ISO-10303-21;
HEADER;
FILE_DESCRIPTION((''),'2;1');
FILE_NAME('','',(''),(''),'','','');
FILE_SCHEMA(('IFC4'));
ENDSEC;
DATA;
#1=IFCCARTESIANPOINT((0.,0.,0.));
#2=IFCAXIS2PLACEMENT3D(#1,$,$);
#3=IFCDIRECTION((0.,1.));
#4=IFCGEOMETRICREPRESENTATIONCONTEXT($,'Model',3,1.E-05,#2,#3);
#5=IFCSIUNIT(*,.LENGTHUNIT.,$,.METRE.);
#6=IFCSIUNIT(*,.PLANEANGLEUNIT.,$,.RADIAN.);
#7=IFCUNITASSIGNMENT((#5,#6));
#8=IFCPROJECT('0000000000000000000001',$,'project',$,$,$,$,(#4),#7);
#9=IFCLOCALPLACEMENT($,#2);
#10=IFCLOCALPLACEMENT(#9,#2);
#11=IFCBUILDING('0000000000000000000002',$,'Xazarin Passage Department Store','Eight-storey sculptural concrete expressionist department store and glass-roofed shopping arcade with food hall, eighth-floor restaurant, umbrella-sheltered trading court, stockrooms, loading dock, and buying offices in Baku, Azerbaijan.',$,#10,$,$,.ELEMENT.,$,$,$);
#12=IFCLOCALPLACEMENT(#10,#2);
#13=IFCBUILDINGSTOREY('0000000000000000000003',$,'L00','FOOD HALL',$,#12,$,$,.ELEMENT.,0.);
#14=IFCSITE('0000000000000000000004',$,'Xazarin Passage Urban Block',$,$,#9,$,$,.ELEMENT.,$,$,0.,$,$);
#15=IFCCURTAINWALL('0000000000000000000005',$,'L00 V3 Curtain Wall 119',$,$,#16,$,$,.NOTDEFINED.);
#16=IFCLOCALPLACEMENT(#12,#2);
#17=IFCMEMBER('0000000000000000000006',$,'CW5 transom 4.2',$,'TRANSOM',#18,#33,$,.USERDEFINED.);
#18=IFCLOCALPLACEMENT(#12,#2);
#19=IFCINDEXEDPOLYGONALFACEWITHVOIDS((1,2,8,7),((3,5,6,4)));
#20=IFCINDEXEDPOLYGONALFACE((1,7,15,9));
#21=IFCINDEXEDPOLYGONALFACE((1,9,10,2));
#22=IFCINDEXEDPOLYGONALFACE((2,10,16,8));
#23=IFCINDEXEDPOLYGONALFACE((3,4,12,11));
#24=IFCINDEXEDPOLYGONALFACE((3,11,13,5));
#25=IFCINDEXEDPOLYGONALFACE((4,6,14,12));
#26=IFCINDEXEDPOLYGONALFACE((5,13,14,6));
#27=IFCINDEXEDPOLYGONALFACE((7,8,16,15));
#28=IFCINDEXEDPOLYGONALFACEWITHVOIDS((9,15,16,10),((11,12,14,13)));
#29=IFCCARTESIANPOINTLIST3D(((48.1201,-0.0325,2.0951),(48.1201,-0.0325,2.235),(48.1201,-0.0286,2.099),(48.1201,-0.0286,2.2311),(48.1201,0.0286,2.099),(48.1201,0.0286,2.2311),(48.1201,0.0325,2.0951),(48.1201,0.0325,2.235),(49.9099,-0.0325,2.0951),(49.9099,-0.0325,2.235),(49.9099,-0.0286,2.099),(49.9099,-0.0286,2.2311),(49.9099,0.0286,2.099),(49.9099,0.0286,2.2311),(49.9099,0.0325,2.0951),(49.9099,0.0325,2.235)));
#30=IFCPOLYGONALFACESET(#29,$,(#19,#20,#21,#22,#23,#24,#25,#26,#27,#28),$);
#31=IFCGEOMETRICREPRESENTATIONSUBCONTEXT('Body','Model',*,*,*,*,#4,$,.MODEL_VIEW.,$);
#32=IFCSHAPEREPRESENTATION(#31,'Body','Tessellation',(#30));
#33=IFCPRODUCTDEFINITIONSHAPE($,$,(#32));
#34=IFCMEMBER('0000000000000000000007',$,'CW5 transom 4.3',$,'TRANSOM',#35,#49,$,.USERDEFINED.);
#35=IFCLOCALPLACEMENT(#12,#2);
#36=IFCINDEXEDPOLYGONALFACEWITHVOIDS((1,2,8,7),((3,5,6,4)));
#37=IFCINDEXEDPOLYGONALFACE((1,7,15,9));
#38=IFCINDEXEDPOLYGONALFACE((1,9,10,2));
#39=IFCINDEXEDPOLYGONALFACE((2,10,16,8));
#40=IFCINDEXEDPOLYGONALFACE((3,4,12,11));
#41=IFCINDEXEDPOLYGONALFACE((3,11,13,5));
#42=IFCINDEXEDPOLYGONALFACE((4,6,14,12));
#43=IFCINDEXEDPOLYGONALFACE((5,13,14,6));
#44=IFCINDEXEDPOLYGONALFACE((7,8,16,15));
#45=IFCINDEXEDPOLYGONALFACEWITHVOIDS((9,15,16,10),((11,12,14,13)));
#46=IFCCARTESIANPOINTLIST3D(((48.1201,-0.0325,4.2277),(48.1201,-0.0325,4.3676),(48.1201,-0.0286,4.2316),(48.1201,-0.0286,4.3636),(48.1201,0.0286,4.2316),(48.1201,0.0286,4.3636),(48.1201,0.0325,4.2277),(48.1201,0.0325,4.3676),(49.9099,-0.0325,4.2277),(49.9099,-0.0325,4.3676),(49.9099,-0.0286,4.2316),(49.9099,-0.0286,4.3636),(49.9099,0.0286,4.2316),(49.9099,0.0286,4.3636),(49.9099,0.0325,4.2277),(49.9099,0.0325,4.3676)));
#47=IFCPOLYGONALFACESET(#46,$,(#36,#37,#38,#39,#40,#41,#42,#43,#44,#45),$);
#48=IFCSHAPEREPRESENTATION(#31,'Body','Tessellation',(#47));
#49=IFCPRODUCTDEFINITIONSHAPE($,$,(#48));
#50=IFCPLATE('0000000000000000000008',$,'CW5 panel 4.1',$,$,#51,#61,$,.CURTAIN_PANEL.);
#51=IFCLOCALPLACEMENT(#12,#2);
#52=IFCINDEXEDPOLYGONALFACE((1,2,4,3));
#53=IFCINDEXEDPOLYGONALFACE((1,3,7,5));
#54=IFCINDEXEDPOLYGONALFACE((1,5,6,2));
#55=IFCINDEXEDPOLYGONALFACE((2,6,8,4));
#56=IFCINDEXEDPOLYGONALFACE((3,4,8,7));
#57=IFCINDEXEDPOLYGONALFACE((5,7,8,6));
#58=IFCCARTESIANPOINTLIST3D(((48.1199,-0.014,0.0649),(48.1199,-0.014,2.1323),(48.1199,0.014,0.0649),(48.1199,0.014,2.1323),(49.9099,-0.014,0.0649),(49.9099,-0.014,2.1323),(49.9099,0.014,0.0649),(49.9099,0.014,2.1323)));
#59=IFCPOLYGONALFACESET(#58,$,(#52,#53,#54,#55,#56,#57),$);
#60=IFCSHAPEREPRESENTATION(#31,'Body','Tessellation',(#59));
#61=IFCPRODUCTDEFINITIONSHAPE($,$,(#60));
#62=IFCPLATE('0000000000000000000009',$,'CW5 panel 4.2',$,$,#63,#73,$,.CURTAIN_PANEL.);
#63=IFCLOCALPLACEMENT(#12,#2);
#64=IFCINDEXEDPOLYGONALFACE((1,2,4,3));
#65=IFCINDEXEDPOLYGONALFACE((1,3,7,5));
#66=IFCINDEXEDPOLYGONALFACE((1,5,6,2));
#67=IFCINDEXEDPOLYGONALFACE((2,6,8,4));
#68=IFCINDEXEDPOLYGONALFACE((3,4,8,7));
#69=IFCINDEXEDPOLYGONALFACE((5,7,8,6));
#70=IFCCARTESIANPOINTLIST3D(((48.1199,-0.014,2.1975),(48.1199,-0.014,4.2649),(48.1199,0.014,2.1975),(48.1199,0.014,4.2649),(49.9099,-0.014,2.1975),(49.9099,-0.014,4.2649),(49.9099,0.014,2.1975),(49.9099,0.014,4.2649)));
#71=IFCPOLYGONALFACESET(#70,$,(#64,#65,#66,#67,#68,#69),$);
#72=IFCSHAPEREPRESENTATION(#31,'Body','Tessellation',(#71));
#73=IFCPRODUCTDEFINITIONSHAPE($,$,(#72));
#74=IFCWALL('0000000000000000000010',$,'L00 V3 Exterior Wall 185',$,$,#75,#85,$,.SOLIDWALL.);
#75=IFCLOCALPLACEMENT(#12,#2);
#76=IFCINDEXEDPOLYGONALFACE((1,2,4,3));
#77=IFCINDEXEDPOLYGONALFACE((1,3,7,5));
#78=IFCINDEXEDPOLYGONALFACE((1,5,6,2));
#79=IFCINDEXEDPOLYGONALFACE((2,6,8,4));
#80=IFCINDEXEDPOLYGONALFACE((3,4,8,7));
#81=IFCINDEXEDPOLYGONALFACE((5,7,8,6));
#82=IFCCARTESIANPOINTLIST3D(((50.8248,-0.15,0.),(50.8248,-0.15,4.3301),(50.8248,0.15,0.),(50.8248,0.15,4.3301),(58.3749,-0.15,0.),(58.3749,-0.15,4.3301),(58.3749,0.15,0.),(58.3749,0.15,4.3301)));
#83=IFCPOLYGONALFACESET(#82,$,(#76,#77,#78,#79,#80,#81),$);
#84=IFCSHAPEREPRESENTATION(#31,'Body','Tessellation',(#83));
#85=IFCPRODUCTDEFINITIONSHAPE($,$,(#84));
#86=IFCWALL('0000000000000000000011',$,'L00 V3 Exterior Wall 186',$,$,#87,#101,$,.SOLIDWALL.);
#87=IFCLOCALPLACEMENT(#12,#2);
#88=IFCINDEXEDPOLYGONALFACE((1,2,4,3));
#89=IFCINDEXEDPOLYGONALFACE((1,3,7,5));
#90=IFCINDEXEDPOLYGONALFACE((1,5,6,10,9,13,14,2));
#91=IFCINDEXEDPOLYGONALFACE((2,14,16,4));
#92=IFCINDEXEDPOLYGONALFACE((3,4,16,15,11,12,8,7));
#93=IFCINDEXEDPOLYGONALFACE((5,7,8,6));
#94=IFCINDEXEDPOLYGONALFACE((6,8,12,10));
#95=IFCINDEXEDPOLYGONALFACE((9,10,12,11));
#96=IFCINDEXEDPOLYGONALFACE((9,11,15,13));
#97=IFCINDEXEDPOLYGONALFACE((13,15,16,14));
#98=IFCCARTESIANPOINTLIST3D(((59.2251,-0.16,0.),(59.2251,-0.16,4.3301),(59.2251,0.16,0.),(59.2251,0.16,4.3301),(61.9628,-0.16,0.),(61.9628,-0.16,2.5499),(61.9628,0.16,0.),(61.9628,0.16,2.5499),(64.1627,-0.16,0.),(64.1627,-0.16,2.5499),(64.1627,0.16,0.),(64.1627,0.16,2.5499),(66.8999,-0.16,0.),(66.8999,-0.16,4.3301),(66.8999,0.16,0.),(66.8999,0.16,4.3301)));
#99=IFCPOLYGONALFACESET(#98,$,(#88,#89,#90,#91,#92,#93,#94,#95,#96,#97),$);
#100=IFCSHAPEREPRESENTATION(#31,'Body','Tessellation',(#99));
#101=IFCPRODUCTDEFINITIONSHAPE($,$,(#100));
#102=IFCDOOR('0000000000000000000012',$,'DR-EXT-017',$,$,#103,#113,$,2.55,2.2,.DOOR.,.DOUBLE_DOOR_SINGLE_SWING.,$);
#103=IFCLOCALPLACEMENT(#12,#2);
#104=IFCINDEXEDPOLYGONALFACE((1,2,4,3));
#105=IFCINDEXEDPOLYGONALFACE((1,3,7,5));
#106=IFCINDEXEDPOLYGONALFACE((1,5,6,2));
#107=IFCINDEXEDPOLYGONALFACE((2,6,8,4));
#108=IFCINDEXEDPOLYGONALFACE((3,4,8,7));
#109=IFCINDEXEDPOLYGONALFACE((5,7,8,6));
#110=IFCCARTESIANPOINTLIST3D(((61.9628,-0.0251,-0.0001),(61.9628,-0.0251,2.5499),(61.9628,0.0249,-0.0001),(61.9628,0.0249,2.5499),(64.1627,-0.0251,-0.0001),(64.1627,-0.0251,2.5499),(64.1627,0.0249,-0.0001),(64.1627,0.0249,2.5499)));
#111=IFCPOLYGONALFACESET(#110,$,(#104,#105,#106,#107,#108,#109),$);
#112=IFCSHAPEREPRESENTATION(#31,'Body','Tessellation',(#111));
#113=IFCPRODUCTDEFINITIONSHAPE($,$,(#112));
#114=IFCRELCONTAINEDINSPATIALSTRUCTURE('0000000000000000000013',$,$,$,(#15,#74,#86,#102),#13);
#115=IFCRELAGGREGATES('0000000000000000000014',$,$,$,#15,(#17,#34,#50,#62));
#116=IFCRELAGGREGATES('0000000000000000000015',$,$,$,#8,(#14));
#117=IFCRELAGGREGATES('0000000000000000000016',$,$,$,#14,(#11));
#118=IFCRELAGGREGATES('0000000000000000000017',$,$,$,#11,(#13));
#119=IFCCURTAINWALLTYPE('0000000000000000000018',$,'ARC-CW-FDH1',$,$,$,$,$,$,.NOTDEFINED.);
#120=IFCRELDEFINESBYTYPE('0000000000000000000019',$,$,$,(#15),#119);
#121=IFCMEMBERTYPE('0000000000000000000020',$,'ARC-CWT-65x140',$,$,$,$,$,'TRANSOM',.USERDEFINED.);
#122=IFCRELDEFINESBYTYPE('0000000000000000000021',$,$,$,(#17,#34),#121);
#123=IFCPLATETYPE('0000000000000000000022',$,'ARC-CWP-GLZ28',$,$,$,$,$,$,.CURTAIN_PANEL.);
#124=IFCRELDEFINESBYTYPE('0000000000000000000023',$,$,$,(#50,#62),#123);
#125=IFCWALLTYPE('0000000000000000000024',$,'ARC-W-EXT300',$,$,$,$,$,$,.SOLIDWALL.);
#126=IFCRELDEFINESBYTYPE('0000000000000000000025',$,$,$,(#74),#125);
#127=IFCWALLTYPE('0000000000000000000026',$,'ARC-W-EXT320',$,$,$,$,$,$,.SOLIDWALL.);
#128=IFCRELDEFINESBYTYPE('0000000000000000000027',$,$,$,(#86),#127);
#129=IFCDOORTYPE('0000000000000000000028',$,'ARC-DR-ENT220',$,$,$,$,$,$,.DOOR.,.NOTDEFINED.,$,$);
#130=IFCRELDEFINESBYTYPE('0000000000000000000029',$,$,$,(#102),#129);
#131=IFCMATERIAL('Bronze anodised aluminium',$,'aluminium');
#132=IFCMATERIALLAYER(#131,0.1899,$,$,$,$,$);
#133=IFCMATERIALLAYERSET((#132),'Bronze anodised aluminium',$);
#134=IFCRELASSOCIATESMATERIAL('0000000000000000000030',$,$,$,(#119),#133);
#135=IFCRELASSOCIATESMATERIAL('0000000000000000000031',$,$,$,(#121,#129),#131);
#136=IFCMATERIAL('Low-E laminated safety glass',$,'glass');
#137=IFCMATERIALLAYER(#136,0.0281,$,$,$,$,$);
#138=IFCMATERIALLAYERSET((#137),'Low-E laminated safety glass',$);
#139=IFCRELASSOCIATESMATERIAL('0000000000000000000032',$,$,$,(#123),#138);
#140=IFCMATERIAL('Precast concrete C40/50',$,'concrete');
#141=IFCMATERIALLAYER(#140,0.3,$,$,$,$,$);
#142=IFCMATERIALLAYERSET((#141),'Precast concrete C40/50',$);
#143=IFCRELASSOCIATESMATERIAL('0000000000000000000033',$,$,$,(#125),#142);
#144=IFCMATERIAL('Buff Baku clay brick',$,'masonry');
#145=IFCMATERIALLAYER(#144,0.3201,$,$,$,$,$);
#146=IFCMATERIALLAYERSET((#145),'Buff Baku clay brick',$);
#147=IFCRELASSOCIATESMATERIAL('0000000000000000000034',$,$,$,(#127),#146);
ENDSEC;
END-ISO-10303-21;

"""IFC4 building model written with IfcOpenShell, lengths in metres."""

from ifc_helpers import new_model, si_unit, direction, frame, frame_2d, origin, origin_2d, place, context, subcontext, project, spatial, rectangle, hollow_rectangle, extrude, material, layer, layer_set, material_profile, profile_set, type_object, element, fill, aggregate, save


model = new_model("IFC4")

# Units and contexts
model_context = context("Model", 3, precision=1e-05, world=origin(), true_north=direction((0.0, 1.0)))
body_context = subcontext(model_context, "Body", "Model", "MODEL_VIEW")
ifc_project = project(units=[si_unit("LENGTHUNIT", "METRE"), si_unit("PLANEANGLEUNIT", "RADIAN")], contexts=[model_context])

# Site, building, storey
site_placement = place(None, origin())
site = spatial("IfcSite", under=ifc_project, at=site_placement, Name="Xazarin Passage Urban Block", CompositionType="ELEMENT", RefElevation=0.0)
building_placement = place(site_placement, origin())
building = spatial("IfcBuilding", under=site, at=building_placement, Name="Xazarin Passage Department Store", Description="Eight-storey sculptural concrete expressionist department store and glass-roofed shopping arcade with food hall, eighth-floor restaurant, umbrella-sheltered trading court, stockrooms, loading dock, and buying offices in Baku, Azerbaijan.", CompositionType="ELEMENT")
storey_placement = place(building_placement, origin())
storey = spatial("IfcBuildingStorey", under=building, at=storey_placement, Name="L00", Description="FOOD HALL", CompositionType="ELEMENT", Elevation=0.0)

# Curtain wall, members, plates
ifc_material_1 = material(Name="Bronze anodised aluminium", Category="aluminium")
ifc_layer_1 = layer(ifc_material_1, 0.1899)
ifc_layer_set_1 = layer_set([ifc_layer_1], Name="Bronze anodised aluminium")
curtain_wall_type = type_object("IfcCurtainWallType", Name="ARC-CW-FDH1", PredefinedType="NOTDEFINED", material=ifc_layer_set_1)
curtain_wall_placement = place(storey_placement, origin())
curtain_wall = element("IfcCurtainWall", 1, at=curtain_wall_placement, inside=storey, type_object=curtain_wall_type, Name="L00 V3 Curtain Wall 119", PredefinedType="NOTDEFINED")
ifc_material_profile_1 = material_profile(ifc_material_1, hollow_rectangle(XDim=0.0649, YDim=0.1399, WallThickness=0.0039, at=origin_2d()), Name="ALU 65x140")
ifc_profile_set_1 = profile_set([ifc_material_profile_1], Name="Bronze anodised aluminium")
member_type_1 = type_object("IfcMemberType", Name="ARC-CWT-65x140", ElementType="TRANSOM", PredefinedType="USERDEFINED", material=ifc_profile_set_1)
member_1_placement = place(storey_placement, frame((48.1201, 0.0, 2.165), z_axis=(1.0, 0.0, 0.0), x_axis=(0.0, 1.0, 0.0)))
member_1 = element("IfcMember", 2, at=member_1_placement, type_object=member_type_1, Name="CW5 transom 4.2", ObjectType="TRANSOM", PredefinedType="USERDEFINED", context=body_context, shape_type="SweptSolid", body=[
    extrude(hollow_rectangle(XDim=0.0649, YDim=0.1399, WallThickness=0.0039, at=origin_2d()), origin(), (0.0, 0.0, 1.0), 1.7898),
])
member_2_placement = place(storey_placement, frame((48.1201, 0.0, 4.2976), z_axis=(1.0, 0.0, 0.0), x_axis=(0.0, 1.0, 0.0)))
member_2 = element("IfcMember", 3, at=member_2_placement, type_object=member_type_1, Name="CW5 transom 4.3", ObjectType="TRANSOM", PredefinedType="USERDEFINED", context=body_context, shape_type="SweptSolid", body=[
    extrude(hollow_rectangle(XDim=0.0649, YDim=0.1399, WallThickness=0.0039, at=origin_2d()), origin(), (0.0, 0.0, 1.0), 1.7898),
])
ifc_material_2 = material(Name="Low-E laminated safety glass", Category="glass")
ifc_layer_2 = layer(ifc_material_2, 0.0281)
ifc_layer_set_2 = layer_set([ifc_layer_2], Name="Low-E laminated safety glass")
plate_type = type_object("IfcPlateType", Name="ARC-CWP-GLZ28", PredefinedType="CURTAIN_PANEL", material=ifc_layer_set_2)
plate_1_placement = place(storey_placement, frame((49.0149, 0.0, 0.0649), z_axis=(0.0, 0.0, 1.0), x_axis=(1.0, 0.0, 0.0)))
plate_1 = element("IfcPlate", 4, at=plate_1_placement, type_object=plate_type, Name="CW5 panel 4.1", PredefinedType="CURTAIN_PANEL", context=body_context, shape_type="SweptSolid", body=[
    extrude(rectangle(XDim=1.79, YDim=0.0281, at=origin_2d()), origin(), (0.0, 0.0, 1.0), 2.0674),
])
plate_2_placement = place(storey_placement, frame((49.0149, 0.0, 2.1975), z_axis=(0.0, 0.0, 1.0), x_axis=(1.0, 0.0, 0.0)))
plate_2 = element("IfcPlate", 5, at=plate_2_placement, type_object=plate_type, Name="CW5 panel 4.2", PredefinedType="CURTAIN_PANEL", context=body_context, shape_type="SweptSolid", body=[
    extrude(rectangle(XDim=1.79, YDim=0.0281, at=origin_2d()), origin(), (0.0, 0.0, 1.0), 2.0674),
])
aggregate(curtain_wall, [member_1, member_2, plate_1, plate_2])

# Wall
ifc_material_3 = material(Name="Precast concrete C40/50", Category="concrete")
ifc_layer_3 = layer(ifc_material_3, 0.3)
ifc_layer_set_3 = layer_set([ifc_layer_3], Name="Precast concrete C40/50")
wall_type_1 = type_object("IfcWallType", Name="ARC-W-EXT300", PredefinedType="SOLIDWALL", material=ifc_layer_set_3)
wall_1_placement = place(storey_placement, frame((50.825, 0.0, 0.0), z_axis=(0.0, 0.0, 1.0), x_axis=(1.0, 0.0, 0.0)))
element("IfcWall", 6, at=wall_1_placement, inside=storey, type_object=wall_type_1, Name="L00 V3 Exterior Wall 185", PredefinedType="SOLIDWALL", context=body_context, shape_type="SweptSolid", body=[
    extrude(rectangle(XDim=7.55, YDim=0.3, at=frame_2d((3.7749, 0.0))), origin(), (0.0, 0.0, 1.0), 4.3301),
])

# Wall, opening, door
ifc_material_4 = material(Name="Buff Baku clay brick", Category="masonry")
ifc_layer_4 = layer(ifc_material_4, 0.3201)
ifc_layer_set_4 = layer_set([ifc_layer_4], Name="Buff Baku clay brick")
wall_type_2 = type_object("IfcWallType", Name="ARC-W-EXT320", PredefinedType="SOLIDWALL", material=ifc_layer_set_4)
wall_2_placement = place(storey_placement, frame((59.2251, 0.0, 0.0), z_axis=(0.0, 0.0, 1.0), x_axis=(1.0, 0.0, 0.0)))
wall_2 = element("IfcWall", 7, at=wall_2_placement, inside=storey, type_object=wall_type_2, Name="L00 V3 Exterior Wall 186", PredefinedType="SOLIDWALL", context=body_context, shape_type="SweptSolid", body=[
    extrude(rectangle(XDim=7.6748, YDim=0.3201, at=frame_2d((3.8374, 0.0))), origin(), (0.0, 0.0, 1.0), 4.3301),
])
opening_placement = place(wall_2_placement, frame((2.7375, 0.0, 0.0)))
opening = element("IfcOpeningElement", 8, at=opening_placement, cuts=wall_2, PredefinedType="OPENING", context=body_context, shape_type="SweptSolid", body=[
    extrude(rectangle(XDim=2.2, YDim=2.55, at=frame_2d((1.1001, 1.2749))), frame((0.0, 0.1699, 0.0), z_axis=(0.0, -1.0, 0.0), x_axis=(1.0, 0.0, 0.0)), (0.0, 0.0, 1.0), 0.3401),
])
door_type = type_object("IfcDoorType", Name="ARC-DR-ENT220", OperationType="NOTDEFINED", PredefinedType="DOOR", material=ifc_material_1)
door_placement = place(opening_placement, origin())
door = element("IfcDoor", 9, at=door_placement, inside=storey, type_object=door_type, Name="DR-EXT-017", OperationType="DOUBLE_DOOR_SINGLE_SWING", OverallHeight=2.55, OverallWidth=2.2, PredefinedType="DOOR", context=body_context, shape_type="SweptSolid", body=[
    extrude(rectangle(XDim=2.2, YDim=2.55, at=frame_2d((1.1001, 1.2749))), frame((0.0, 0.0249, 0.0), z_axis=(0.0, -1.0, 0.0), x_axis=(1.0, 0.0, 0.0)), (0.0, 0.0, 1.0), 0.05),
])
fill(opening, door)

save(model, "model.ifc")
